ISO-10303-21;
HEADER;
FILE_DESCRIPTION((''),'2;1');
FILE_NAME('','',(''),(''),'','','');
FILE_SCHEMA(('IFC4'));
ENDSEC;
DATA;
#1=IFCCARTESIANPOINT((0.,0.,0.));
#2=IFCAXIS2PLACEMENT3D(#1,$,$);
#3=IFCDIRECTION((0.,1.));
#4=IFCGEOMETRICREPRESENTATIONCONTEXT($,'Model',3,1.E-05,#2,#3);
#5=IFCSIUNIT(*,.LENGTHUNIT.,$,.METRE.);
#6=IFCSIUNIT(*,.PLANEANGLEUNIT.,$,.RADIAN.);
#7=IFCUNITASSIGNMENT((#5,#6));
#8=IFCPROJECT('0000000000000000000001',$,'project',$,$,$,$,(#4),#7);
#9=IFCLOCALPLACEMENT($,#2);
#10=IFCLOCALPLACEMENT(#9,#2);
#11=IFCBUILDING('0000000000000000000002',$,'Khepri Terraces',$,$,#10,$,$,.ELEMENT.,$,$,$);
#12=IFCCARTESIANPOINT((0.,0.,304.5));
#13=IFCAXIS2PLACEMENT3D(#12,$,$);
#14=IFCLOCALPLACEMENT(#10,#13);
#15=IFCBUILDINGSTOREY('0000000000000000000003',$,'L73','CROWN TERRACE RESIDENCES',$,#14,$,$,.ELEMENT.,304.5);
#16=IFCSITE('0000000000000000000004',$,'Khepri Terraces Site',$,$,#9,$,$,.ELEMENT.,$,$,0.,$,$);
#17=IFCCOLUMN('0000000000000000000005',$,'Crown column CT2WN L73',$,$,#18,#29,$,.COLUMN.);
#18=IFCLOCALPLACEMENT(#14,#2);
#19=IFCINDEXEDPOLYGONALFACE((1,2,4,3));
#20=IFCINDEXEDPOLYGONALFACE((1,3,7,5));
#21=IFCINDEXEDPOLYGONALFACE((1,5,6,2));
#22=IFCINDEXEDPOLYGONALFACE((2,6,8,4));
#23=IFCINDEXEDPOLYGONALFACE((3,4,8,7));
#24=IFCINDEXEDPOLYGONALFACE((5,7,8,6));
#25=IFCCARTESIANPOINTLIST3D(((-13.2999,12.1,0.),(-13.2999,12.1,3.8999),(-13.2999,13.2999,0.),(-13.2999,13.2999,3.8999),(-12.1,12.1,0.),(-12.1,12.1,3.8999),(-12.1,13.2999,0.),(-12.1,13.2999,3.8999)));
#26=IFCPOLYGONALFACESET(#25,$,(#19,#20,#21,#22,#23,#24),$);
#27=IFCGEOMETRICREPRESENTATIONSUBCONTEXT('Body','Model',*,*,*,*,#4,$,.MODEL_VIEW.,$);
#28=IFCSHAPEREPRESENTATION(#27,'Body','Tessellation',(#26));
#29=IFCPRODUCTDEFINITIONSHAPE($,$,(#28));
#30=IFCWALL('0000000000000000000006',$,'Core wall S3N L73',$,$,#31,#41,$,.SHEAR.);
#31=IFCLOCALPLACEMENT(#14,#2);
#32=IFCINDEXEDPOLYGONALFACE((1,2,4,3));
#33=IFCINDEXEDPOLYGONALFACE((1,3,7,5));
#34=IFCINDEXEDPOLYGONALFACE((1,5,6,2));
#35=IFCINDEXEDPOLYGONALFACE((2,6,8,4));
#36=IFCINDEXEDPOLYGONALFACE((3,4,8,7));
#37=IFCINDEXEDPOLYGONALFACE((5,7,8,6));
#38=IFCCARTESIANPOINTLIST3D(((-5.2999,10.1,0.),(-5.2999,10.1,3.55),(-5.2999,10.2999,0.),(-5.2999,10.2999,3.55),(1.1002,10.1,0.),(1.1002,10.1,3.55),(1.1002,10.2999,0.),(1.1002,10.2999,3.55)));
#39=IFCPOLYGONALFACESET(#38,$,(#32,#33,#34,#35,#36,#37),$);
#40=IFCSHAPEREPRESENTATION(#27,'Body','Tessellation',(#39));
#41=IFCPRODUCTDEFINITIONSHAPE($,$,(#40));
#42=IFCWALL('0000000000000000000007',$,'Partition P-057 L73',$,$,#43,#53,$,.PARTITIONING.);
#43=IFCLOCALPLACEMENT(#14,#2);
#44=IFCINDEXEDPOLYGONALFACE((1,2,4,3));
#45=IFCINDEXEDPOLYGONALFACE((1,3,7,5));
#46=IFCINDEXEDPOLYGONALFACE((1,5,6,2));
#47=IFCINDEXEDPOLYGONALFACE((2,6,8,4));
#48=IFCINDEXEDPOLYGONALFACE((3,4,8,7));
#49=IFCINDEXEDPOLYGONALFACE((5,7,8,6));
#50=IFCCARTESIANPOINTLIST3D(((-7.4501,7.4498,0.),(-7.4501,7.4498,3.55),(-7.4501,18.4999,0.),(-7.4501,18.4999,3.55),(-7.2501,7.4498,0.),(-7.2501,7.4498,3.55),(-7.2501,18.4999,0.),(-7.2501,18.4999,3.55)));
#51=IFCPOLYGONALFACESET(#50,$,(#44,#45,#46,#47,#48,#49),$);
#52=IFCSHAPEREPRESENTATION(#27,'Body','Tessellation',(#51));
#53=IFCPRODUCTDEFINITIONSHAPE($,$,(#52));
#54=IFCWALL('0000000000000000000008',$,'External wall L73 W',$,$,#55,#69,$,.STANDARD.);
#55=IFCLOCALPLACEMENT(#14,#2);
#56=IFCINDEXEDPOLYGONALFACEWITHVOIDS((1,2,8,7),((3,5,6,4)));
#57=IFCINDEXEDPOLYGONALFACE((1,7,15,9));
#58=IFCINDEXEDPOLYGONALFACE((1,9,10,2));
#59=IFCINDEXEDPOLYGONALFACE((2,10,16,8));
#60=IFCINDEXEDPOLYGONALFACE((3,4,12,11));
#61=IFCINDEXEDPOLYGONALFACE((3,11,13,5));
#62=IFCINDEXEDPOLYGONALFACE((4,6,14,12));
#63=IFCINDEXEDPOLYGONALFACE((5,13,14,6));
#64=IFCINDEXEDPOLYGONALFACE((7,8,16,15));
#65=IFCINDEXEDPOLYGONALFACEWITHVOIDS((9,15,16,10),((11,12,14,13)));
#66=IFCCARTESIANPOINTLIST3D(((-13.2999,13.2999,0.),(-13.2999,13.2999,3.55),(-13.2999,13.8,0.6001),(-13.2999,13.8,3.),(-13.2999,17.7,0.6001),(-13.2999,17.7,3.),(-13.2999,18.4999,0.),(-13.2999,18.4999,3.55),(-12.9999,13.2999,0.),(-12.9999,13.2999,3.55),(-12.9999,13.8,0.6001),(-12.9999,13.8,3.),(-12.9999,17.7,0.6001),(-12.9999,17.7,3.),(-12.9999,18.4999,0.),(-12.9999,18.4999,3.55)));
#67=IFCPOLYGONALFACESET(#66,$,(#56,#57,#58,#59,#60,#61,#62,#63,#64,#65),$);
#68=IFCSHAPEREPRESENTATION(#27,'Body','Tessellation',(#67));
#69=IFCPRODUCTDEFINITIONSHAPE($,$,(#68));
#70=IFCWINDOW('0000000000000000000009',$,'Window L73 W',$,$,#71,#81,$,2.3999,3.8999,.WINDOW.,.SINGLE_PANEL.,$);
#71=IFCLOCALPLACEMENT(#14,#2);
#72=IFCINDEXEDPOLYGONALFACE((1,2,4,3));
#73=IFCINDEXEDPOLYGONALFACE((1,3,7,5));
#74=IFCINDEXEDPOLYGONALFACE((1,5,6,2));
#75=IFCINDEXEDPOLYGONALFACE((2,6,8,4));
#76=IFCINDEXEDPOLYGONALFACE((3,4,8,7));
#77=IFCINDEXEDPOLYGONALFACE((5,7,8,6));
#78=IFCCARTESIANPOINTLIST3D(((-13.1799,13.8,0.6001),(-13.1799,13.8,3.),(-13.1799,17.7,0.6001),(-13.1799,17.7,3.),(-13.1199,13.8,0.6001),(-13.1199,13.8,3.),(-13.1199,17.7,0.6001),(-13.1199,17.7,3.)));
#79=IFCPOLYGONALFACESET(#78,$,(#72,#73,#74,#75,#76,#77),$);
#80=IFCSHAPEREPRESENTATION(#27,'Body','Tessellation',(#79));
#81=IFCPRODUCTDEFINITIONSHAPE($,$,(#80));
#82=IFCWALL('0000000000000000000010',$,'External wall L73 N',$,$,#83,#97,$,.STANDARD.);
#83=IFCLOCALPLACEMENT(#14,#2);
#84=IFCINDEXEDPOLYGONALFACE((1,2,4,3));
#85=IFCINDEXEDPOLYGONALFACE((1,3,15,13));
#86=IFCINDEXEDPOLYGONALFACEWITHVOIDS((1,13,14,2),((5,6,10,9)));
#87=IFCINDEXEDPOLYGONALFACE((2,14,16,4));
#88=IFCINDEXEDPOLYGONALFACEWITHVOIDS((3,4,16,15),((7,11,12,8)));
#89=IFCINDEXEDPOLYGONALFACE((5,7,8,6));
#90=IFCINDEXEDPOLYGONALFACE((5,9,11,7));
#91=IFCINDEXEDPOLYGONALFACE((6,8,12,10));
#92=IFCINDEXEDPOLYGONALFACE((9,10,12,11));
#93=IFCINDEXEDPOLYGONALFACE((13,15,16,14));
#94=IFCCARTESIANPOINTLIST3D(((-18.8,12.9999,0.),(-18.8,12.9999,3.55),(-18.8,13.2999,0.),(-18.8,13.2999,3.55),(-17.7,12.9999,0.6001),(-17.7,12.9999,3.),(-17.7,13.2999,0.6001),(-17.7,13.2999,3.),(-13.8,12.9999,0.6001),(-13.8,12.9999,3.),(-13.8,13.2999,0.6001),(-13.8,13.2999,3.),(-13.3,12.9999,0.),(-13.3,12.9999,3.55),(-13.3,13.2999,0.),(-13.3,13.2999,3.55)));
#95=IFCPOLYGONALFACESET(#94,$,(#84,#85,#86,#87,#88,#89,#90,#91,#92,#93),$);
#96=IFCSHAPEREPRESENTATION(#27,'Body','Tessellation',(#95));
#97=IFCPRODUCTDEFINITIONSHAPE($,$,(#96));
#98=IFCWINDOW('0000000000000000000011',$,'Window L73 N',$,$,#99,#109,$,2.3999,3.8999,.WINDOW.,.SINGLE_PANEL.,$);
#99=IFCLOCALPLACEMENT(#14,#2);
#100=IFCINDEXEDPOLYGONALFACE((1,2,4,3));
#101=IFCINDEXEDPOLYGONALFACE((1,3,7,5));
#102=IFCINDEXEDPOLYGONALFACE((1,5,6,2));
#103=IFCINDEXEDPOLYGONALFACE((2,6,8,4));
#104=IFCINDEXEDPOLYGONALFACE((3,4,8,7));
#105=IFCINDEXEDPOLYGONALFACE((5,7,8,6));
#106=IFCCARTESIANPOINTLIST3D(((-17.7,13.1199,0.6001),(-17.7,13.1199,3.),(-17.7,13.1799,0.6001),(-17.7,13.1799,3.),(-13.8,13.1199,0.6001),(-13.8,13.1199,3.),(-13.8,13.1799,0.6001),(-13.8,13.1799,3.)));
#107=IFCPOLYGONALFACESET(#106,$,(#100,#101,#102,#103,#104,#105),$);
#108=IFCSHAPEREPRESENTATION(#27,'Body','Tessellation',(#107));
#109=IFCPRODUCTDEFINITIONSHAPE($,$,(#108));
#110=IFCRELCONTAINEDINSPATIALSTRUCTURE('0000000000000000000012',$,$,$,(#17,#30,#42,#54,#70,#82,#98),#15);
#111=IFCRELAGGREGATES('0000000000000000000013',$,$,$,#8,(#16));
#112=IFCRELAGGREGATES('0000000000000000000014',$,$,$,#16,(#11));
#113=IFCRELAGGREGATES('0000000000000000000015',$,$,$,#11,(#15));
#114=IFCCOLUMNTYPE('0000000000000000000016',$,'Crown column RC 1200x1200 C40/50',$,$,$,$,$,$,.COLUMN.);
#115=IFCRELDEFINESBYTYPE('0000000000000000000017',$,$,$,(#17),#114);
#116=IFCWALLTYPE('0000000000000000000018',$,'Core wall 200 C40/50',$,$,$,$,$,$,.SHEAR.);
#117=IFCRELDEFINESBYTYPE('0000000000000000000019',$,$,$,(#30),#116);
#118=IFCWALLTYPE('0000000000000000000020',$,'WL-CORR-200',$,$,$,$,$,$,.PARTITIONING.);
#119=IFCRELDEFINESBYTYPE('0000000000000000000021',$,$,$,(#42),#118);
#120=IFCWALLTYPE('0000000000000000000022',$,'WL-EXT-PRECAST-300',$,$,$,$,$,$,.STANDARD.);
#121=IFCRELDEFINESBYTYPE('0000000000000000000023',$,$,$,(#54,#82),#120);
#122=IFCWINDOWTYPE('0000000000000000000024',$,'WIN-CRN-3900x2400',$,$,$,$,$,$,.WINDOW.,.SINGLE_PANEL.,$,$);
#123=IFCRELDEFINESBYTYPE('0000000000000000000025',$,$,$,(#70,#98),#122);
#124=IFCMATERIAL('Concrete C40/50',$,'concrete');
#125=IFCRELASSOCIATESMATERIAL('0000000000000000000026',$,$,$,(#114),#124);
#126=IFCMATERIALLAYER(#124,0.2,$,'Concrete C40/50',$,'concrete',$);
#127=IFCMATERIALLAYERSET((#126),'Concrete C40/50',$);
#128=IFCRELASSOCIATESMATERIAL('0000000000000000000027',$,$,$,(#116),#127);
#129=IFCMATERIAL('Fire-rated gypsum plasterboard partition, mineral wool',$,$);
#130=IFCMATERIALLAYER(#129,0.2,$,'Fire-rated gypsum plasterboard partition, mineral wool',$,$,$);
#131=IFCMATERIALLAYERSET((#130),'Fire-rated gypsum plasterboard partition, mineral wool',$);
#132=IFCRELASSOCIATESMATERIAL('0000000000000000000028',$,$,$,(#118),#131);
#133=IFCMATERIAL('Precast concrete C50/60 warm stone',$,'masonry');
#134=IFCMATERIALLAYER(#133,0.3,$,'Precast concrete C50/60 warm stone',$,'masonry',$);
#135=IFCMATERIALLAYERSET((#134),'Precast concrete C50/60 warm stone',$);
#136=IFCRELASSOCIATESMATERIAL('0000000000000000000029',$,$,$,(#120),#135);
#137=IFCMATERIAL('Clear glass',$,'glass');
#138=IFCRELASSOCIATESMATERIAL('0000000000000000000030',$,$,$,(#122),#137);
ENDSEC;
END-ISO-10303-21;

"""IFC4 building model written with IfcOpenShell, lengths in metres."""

from ifc_helpers import new_model, si_unit, direction, frame, frame_2d, origin, origin_2d, place, context, subcontext, project, spatial, rectangle, extrude, material, layer, layer_set, material_profile, profile_set, type_object, element, fill, save


model = new_model("IFC4")

# Units and contexts
model_context = context("Model", 3, precision=1e-05, world=origin(), true_north=direction((0.0, 1.0)))
body_context = subcontext(model_context, "Body", "Model", "MODEL_VIEW")
ifc_project = project(units=[si_unit("LENGTHUNIT", "METRE"), si_unit("PLANEANGLEUNIT", "RADIAN")], contexts=[model_context])

# Site, building, storey
site_placement = place(None, origin())
site = spatial("IfcSite", under=ifc_project, at=site_placement, Name="Khepri Terraces Site", CompositionType="ELEMENT", RefElevation=0.0)
building_placement = place(site_placement, origin())
building = spatial("IfcBuilding", under=site, at=building_placement, Name="Khepri Terraces", CompositionType="ELEMENT")
storey_placement = place(building_placement, frame((0.0, 0.0, 304.5)))
storey = spatial("IfcBuildingStorey", under=building, at=storey_placement, Name="L73", Description="CROWN TERRACE RESIDENCES", CompositionType="ELEMENT", Elevation=304.5)

# Column
ifc_material_1 = material(Name="Concrete C40/50", Category="concrete")
ifc_material_profile = material_profile(ifc_material_1, rectangle(XDim=1.2, YDim=1.2, at=origin_2d()), Name="Concrete C40/50", Category="concrete")
ifc_profile_set = profile_set([ifc_material_profile], Name="Concrete C40/50")
column_type = type_object("IfcColumnType", Name="Crown column RC 1200x1200 C40/50", PredefinedType="COLUMN", material=ifc_profile_set)
column_placement = place(storey_placement, frame((-12.7, 12.7, 0.0), z_axis=(0.0, 0.0, 1.0), x_axis=(1.0, 0.0, 0.0)))
element("IfcColumn", 1, at=column_placement, inside=storey, type_object=column_type, Name="Crown column CT2WN L73", PredefinedType="COLUMN", context=body_context, shape_type="SweptSolid", body=[
    extrude(rectangle(XDim=1.2, YDim=1.2, at=origin_2d()), origin(), (0.0, 0.0, 1.0), 3.8999),
])

# Walls
ifc_layer_1 = layer(ifc_material_1, 0.2, Name="Concrete C40/50", Category="concrete")
ifc_layer_set_1 = layer_set([ifc_layer_1], Name="Concrete C40/50")
wall_type_1 = type_object("IfcWallType", Name="Core wall 200 C40/50", PredefinedType="SHEAR", material=ifc_layer_set_1)
wall_1_placement = place(storey_placement, frame((-5.3, 10.2, 0.0), z_axis=(0.0, 0.0, 1.0), x_axis=(1.0, 0.0, 0.0)))
element("IfcWall", 2, at=wall_1_placement, inside=storey, type_object=wall_type_1, Name="Core wall S3N L73", PredefinedType="SHEAR", context=body_context, shape_type="SweptSolid", body=[
    extrude(rectangle(XDim=6.4001, YDim=0.2, at=frame_2d((3.2002, 0.0))), origin(), (0.0, 0.0, 1.0), 3.55),
])
ifc_material_2 = material(Name="Fire-rated gypsum plasterboard partition, mineral wool")
ifc_layer_2 = layer(ifc_material_2, 0.2, Name="Fire-rated gypsum plasterboard partition, mineral wool")
ifc_layer_set_2 = layer_set([ifc_layer_2], Name="Fire-rated gypsum plasterboard partition, mineral wool")
wall_type_2 = type_object("IfcWallType", Name="WL-CORR-200", PredefinedType="PARTITIONING", material=ifc_layer_set_2)
wall_2_placement = place(storey_placement, frame((-7.3501, 7.45, 0.0), z_axis=(0.0, 0.0, 1.0), x_axis=(0.0, 1.0, 0.0)))
element("IfcWall", 3, at=wall_2_placement, inside=storey, type_object=wall_type_2, Name="Partition P-057 L73", PredefinedType="PARTITIONING", context=body_context, shape_type="SweptSolid", body=[
    extrude(rectangle(XDim=11.05, YDim=0.2, at=frame_2d((5.5249, 0.0))), origin(), (0.0, 0.0, 1.0), 3.55),
])

# Walls, openings, windows
ifc_material_3 = material(Name="Precast concrete C50/60 warm stone", Category="masonry")
ifc_layer_3 = layer(ifc_material_3, 0.3, Name="Precast concrete C50/60 warm stone", Category="masonry")
ifc_layer_set_3 = layer_set([ifc_layer_3], Name="Precast concrete C50/60 warm stone")
wall_type_3 = type_object("IfcWallType", Name="WL-EXT-PRECAST-300", PredefinedType="STANDARD", material=ifc_layer_set_3)
wall_3_placement = place(storey_placement, frame((-13.1499, 18.5, 0.0), z_axis=(0.0, 0.0, 1.0), x_axis=(0.0, -1.0, 0.0)))
wall_3 = element("IfcWall", 4, at=wall_3_placement, inside=storey, type_object=wall_type_3, Name="External wall L73 W", PredefinedType="STANDARD", context=body_context, shape_type="SweptSolid", body=[
    extrude(rectangle(XDim=5.2, YDim=0.3, at=frame_2d((2.6001, 0.0))), origin(), (0.0, 0.0, 1.0), 3.55),
])
opening_1_placement = place(wall_3_placement, frame((0.8, 0.0, 0.6001)))
opening_1 = element("IfcOpeningElement", 5, at=opening_1_placement, cuts=wall_3, PredefinedType="OPENING", context=body_context, shape_type="SweptSolid", body=[
    extrude(rectangle(XDim=3.8999, YDim=2.3999, at=frame_2d((1.95, 1.2))), frame((0.0, 0.1602, 0.0), z_axis=(0.0, -1.0, 0.0), x_axis=(1.0, 0.0, 0.0)), (0.0, 0.0, 1.0), 0.3201),
])
ifc_material_4 = material(Name="Clear glass", Category="glass")
window_type_1 = type_object("IfcWindowType", Name="WIN-CRN-3900x2400", PartitioningType="SINGLE_PANEL", PredefinedType="WINDOW", material=ifc_material_4)
window_1_placement = place(opening_1_placement, origin())
window_1 = element("IfcWindow", 6, at=window_1_placement, inside=storey, type_object=window_type_1, Name="Window L73 W", OverallHeight=2.3999, OverallWidth=3.8999, PartitioningType="SINGLE_PANEL", PredefinedType="WINDOW", context=body_context, shape_type="SweptSolid", body=[
    extrude(rectangle(XDim=3.8999, YDim=2.3999, at=frame_2d((1.95, 1.2))), frame((0.0, 0.03, 0.0), z_axis=(0.0, -1.0, 0.0), x_axis=(1.0, 0.0, 0.0)), (0.0, 0.0, 1.0), 0.0601),
])
fill(opening_1, window_1)
wall_4_placement = place(storey_placement, frame((-13.3, 13.1499, 0.0), z_axis=(0.0, 0.0, 1.0), x_axis=(-1.0, 0.0, 0.0)))
wall_4 = element("IfcWall", 7, at=wall_4_placement, inside=storey, type_object=wall_type_3, Name="External wall L73 N", PredefinedType="STANDARD", context=body_context, shape_type="SweptSolid", body=[
    extrude(rectangle(XDim=5.5, YDim=0.3, at=frame_2d((2.75, 0.0))), origin(), (0.0, 0.0, 1.0), 3.55),
])
opening_2_placement = place(wall_4_placement, frame((0.5, 0.0, 0.6001)))
opening_2 = element("IfcOpeningElement", 8, at=opening_2_placement, cuts=wall_4, PredefinedType="OPENING", context=body_context, shape_type="SweptSolid", body=[
    extrude(rectangle(XDim=3.8999, YDim=2.3999, at=frame_2d((1.95, 1.2))), frame((0.0, 0.1602, 0.0), z_axis=(0.0, -1.0, 0.0), x_axis=(1.0, 0.0, 0.0)), (0.0, 0.0, 1.0), 0.3201),
])
window_2_placement = place(opening_2_placement, origin())
window_2 = element("IfcWindow", 9, at=window_2_placement, inside=storey, type_object=window_type_1, Name="Window L73 N", OverallHeight=2.3999, OverallWidth=3.8999, PartitioningType="SINGLE_PANEL", PredefinedType="WINDOW", context=body_context, shape_type="SweptSolid", body=[
    extrude(rectangle(XDim=3.8999, YDim=2.3999, at=frame_2d((1.95, 1.2))), frame((0.0, 0.03, 0.0), z_axis=(0.0, -1.0, 0.0), x_axis=(1.0, 0.0, 0.0)), (0.0, 0.0, 1.0), 0.0601),
])
fill(opening_2, window_2)

save(model, "model.ifc")
